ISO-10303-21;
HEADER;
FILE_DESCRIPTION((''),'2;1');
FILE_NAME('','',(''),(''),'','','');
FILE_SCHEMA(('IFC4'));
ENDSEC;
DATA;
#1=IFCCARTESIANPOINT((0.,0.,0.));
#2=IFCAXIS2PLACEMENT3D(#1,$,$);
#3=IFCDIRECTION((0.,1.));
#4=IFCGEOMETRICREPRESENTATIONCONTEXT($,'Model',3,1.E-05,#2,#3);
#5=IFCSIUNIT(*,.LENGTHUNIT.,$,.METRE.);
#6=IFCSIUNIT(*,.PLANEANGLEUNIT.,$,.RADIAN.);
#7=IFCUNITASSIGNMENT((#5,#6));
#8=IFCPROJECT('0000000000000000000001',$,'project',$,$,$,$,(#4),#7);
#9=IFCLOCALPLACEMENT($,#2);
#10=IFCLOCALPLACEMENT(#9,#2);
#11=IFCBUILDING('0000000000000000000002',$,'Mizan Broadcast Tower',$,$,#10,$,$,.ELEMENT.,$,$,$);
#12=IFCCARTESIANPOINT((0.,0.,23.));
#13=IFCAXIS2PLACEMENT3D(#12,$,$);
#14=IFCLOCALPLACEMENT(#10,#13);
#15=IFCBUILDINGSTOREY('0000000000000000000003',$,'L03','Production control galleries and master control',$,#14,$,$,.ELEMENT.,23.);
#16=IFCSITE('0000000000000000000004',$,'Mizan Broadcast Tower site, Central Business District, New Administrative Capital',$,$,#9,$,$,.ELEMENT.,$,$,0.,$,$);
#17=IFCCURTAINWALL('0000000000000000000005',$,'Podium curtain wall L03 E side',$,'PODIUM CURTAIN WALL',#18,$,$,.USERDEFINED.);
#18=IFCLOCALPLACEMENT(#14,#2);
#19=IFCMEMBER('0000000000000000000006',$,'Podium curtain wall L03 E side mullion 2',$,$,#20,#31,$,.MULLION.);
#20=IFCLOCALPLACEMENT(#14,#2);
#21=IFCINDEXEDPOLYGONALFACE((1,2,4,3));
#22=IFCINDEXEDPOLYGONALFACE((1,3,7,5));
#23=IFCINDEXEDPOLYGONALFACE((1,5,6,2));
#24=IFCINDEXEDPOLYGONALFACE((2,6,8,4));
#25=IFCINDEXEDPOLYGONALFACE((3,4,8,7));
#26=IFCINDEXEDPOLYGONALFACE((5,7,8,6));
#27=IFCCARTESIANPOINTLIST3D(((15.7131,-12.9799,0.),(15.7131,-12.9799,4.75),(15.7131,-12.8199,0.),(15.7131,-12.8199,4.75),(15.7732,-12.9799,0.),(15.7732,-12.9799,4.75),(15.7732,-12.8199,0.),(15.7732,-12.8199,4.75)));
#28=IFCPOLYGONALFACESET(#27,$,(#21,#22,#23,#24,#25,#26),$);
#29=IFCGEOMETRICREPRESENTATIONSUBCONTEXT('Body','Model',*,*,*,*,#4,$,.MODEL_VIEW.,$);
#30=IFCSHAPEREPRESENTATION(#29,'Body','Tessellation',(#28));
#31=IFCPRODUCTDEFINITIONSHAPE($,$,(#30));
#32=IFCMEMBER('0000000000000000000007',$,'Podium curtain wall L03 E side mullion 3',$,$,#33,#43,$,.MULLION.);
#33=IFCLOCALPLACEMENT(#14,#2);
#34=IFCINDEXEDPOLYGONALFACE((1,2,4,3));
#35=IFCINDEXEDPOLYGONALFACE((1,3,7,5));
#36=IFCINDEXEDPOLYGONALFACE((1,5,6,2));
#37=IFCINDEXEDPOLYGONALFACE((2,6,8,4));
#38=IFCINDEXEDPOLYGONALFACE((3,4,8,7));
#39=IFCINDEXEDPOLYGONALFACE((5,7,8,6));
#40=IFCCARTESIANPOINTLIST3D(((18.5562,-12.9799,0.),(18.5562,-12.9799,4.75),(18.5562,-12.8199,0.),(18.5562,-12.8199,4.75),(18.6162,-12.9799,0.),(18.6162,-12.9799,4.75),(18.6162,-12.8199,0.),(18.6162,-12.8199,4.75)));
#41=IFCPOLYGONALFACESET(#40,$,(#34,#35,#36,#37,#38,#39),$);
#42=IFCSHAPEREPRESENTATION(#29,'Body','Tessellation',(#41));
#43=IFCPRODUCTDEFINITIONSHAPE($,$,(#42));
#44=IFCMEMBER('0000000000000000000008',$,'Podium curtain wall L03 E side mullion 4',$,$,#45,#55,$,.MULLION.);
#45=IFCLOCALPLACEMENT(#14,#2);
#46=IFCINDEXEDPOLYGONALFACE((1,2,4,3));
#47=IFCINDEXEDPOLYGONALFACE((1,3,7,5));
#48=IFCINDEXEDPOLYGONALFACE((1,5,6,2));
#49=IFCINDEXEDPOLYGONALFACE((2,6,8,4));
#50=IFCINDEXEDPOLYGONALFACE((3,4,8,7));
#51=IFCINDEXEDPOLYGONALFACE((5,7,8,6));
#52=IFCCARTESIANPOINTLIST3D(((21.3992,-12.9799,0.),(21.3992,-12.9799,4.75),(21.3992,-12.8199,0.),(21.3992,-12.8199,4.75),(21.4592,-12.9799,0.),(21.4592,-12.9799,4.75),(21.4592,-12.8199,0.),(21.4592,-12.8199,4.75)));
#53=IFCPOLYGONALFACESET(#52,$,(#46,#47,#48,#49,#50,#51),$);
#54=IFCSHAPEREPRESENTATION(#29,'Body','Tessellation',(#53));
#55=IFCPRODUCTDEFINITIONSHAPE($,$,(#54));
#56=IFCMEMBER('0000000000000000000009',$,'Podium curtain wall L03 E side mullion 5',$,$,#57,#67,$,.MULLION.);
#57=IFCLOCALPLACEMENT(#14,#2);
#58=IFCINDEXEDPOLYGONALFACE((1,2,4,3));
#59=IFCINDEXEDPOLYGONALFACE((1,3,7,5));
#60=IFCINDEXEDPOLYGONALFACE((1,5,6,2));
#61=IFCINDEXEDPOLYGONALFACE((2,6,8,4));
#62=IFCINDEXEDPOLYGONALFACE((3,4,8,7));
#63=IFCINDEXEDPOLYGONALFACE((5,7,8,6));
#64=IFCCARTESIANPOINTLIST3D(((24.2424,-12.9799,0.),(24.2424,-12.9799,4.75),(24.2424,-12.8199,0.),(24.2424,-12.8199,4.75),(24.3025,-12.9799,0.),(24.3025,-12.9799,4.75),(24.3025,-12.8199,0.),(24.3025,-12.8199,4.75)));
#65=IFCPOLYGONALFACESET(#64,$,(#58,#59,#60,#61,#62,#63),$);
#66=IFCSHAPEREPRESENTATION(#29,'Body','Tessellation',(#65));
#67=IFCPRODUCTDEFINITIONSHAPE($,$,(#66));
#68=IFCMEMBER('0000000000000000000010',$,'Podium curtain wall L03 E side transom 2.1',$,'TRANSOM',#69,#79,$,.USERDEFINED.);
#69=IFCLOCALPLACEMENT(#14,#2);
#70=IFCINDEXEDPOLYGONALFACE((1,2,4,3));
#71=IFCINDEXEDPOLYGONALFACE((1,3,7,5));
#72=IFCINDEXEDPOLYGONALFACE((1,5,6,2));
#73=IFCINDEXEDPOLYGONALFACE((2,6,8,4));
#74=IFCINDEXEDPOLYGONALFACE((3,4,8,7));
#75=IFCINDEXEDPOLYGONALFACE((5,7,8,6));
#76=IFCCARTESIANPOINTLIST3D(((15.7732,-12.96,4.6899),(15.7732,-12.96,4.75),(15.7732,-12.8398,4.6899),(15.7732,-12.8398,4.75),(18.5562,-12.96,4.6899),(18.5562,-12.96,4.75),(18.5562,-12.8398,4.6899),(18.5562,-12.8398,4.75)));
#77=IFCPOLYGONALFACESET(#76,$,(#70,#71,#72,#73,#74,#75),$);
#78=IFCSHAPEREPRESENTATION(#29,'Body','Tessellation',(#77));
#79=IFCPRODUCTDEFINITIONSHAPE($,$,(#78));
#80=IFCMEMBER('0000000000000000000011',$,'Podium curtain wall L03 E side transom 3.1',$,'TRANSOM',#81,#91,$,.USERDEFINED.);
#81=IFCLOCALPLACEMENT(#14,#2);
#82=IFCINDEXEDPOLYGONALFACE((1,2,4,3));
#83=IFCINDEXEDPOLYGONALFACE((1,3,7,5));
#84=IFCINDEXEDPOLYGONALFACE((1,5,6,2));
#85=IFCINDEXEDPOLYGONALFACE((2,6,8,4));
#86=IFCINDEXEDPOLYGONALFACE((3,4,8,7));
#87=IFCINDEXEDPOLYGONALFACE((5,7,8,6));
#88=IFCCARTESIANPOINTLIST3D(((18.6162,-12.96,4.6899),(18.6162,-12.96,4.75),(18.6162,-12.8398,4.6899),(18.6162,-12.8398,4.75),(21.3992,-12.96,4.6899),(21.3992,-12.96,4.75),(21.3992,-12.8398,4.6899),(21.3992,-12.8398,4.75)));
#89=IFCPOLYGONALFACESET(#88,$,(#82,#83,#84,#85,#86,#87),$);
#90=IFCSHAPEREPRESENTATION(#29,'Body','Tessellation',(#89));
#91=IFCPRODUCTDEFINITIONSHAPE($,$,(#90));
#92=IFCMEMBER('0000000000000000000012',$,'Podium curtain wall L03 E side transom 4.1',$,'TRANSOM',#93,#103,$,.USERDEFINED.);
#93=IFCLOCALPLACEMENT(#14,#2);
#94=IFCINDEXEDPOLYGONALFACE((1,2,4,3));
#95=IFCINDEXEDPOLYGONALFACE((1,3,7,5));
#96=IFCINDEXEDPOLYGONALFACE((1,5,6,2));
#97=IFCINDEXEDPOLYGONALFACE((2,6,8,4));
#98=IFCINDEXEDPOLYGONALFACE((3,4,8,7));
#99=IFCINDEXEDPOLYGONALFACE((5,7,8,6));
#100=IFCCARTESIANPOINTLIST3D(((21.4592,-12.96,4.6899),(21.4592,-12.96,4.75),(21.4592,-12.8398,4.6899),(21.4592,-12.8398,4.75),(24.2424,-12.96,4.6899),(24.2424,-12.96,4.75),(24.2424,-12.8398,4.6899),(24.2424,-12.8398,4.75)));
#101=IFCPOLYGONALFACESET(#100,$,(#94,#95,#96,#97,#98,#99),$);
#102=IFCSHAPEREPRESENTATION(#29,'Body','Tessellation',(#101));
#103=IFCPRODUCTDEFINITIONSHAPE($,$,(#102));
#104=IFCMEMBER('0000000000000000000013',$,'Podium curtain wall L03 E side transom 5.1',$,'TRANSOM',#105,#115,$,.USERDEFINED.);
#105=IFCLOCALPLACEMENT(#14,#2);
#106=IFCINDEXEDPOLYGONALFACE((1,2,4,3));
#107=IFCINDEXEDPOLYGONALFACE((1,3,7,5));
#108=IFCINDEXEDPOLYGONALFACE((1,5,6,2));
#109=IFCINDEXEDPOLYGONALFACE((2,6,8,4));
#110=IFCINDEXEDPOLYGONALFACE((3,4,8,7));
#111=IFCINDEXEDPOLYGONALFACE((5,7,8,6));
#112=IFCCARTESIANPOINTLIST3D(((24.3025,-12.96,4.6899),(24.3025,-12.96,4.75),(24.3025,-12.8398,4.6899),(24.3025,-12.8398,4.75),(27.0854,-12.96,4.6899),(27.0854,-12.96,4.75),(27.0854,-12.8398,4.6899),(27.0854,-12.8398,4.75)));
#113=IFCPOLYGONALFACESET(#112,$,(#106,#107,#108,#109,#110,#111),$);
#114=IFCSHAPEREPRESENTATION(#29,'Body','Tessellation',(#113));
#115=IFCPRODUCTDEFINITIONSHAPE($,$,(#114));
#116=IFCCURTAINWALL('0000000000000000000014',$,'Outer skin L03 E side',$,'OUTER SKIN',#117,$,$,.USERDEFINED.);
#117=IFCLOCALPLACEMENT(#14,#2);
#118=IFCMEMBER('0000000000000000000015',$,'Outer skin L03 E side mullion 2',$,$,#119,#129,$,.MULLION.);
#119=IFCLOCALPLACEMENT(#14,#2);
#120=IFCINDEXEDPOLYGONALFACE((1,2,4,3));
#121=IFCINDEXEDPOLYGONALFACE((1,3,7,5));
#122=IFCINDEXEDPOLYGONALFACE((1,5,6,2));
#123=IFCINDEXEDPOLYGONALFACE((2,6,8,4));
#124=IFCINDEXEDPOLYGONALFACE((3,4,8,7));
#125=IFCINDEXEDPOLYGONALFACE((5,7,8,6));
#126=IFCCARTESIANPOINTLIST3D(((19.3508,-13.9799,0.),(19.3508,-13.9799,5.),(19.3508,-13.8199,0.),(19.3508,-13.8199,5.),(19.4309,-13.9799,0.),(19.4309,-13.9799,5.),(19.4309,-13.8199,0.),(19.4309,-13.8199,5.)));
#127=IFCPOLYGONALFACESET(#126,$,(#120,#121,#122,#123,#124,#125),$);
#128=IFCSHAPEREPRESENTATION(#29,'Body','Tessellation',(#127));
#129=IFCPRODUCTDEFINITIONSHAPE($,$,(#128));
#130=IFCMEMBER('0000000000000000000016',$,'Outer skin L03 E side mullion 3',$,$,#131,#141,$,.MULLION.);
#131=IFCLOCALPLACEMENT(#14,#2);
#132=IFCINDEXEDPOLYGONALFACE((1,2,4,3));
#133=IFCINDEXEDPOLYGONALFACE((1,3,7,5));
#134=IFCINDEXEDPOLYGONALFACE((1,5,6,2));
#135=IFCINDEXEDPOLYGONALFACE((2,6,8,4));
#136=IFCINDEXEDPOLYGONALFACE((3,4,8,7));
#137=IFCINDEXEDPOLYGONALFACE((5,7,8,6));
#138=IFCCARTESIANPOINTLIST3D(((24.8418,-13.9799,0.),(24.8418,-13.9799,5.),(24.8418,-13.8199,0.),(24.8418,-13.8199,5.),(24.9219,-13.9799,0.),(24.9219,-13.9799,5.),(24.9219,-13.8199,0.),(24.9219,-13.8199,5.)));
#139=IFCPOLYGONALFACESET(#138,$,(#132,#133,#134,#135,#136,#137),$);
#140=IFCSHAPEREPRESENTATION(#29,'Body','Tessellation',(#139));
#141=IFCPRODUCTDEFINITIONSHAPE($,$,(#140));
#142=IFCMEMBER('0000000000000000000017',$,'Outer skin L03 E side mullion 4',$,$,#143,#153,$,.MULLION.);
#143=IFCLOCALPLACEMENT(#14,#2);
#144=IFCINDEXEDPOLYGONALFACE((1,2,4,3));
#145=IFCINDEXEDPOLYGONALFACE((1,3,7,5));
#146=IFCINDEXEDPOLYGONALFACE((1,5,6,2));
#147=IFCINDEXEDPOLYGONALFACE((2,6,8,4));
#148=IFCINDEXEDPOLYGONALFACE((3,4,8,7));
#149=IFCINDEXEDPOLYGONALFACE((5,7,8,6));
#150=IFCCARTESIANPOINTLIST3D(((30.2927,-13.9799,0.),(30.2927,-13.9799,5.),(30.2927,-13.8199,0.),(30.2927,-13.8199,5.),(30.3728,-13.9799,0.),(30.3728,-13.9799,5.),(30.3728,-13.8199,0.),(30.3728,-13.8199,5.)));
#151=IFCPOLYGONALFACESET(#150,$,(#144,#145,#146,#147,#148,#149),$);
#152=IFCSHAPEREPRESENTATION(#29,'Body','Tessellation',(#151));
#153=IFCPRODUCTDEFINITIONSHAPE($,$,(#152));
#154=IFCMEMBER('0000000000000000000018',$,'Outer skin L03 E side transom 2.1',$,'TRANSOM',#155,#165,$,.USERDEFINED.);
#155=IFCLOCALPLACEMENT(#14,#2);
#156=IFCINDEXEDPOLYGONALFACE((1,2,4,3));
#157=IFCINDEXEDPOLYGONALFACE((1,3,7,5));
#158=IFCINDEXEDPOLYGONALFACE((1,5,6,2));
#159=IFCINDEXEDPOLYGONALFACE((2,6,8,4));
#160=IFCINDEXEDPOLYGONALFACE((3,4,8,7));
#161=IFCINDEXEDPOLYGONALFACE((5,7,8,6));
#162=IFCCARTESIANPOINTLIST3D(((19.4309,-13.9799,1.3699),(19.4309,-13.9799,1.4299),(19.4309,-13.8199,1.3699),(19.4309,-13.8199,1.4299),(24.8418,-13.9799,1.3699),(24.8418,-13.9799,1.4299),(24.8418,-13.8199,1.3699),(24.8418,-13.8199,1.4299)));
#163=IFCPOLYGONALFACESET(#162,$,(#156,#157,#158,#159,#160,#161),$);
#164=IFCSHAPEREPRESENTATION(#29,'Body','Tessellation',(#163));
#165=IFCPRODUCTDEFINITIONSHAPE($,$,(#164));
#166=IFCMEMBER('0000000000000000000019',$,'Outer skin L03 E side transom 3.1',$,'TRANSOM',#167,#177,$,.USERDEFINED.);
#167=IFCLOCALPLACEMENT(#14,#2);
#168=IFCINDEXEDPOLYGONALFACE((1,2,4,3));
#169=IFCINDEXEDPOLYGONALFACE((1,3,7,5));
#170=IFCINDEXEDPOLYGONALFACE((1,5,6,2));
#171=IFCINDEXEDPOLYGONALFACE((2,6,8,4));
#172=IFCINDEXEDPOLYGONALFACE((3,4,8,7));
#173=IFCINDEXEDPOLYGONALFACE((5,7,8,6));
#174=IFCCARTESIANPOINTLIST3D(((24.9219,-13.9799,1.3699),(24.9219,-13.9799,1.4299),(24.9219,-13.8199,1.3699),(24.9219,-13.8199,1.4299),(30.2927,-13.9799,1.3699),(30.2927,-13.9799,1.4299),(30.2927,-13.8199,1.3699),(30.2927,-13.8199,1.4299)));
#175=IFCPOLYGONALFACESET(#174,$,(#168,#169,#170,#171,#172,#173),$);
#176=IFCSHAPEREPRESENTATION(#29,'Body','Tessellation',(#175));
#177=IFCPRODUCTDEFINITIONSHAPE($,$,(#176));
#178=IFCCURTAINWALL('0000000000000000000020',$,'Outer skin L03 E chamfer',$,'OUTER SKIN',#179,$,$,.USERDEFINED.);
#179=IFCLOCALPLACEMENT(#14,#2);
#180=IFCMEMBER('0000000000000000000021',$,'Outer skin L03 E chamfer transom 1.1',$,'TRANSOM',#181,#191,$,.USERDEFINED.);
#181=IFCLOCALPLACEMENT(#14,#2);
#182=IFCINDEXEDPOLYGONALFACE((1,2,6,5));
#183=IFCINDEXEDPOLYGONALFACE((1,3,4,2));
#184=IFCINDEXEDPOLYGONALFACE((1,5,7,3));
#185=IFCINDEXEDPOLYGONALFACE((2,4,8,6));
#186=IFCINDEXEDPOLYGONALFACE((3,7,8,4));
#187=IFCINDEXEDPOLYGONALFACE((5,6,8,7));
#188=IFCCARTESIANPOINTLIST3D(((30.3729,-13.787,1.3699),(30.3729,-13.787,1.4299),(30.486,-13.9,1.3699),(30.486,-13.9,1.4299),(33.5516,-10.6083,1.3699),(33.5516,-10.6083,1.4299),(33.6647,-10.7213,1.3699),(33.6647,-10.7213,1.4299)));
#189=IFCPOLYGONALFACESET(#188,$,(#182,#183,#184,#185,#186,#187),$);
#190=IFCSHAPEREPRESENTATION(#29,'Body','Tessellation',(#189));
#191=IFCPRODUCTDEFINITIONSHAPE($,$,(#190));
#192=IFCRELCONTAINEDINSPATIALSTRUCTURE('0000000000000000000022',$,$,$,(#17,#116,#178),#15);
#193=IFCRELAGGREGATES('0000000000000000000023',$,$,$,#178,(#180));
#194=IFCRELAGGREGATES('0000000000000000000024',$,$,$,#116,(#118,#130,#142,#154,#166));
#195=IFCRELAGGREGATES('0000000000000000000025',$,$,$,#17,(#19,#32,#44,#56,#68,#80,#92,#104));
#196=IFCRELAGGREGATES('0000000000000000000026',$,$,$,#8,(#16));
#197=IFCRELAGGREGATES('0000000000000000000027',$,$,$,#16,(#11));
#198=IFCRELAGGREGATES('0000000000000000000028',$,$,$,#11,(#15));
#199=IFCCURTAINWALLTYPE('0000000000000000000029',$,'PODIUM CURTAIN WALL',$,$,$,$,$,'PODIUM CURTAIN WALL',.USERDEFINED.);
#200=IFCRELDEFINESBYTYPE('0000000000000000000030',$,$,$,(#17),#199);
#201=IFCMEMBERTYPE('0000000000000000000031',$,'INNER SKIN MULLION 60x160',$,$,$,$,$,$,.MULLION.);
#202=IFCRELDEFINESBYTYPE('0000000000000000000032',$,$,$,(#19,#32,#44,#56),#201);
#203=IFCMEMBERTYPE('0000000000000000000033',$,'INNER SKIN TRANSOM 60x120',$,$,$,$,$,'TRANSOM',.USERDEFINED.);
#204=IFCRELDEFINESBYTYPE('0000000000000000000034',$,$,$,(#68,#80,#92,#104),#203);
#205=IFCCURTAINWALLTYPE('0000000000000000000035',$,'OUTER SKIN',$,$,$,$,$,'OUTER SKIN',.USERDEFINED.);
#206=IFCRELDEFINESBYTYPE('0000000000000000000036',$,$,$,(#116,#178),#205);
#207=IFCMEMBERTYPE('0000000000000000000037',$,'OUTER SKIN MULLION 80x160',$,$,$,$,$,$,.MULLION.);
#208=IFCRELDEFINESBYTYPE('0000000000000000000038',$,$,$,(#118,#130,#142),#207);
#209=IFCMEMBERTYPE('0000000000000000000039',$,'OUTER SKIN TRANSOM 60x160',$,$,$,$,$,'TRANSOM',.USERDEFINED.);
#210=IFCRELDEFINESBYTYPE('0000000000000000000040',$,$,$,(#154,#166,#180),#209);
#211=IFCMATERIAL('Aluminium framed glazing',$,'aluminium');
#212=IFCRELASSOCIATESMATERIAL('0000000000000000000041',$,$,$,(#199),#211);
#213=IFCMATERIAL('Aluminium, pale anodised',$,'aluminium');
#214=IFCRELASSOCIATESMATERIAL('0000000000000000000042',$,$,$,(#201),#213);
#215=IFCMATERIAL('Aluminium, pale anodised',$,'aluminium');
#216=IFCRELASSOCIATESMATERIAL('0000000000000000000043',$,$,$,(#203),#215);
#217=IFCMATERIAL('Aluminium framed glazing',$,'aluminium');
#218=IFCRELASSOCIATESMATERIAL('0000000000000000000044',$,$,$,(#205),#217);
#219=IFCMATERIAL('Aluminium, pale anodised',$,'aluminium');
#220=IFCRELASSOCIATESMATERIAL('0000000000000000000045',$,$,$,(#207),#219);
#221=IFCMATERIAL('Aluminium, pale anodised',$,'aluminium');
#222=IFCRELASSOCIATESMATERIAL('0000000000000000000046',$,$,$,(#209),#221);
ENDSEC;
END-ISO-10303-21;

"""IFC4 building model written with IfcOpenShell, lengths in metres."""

from ifc_helpers import new_model, si_unit, direction, frame, origin, origin_2d, place, context, subcontext, project, spatial, rectangle, extrude, material, material_profile, profile_set, type_object, element, aggregate, save


model = new_model("IFC4")

# Units and contexts
model_context = context("Model", 3, precision=1e-05, world=origin(), true_north=direction((0.0, 1.0)))
body_context = subcontext(model_context, "Body", "Model", "MODEL_VIEW")
ifc_project = project(units=[si_unit("LENGTHUNIT", "METRE"), si_unit("PLANEANGLEUNIT", "RADIAN")], contexts=[model_context])

# Site, building, storey
site_placement = place(None, origin())
site = spatial("IfcSite", under=ifc_project, at=site_placement, Name="Mizan Broadcast Tower site, Central Business District, New Administrative Capital", CompositionType="ELEMENT", RefElevation=0.0)
building_placement = place(site_placement, origin())
building = spatial("IfcBuilding", under=site, at=building_placement, Name="Mizan Broadcast Tower", CompositionType="ELEMENT")
storey_placement = place(building_placement, frame((0.0, 0.0, 23.0)))
storey = spatial("IfcBuildingStorey", under=building, at=storey_placement, Name="L03", Description="Production control galleries and master control", CompositionType="ELEMENT", Elevation=23.0)

# Curtain walls, members
ifc_material_1 = material(Name="Aluminium framed glazing", Category="aluminium")
curtain_wall_type_1 = type_object("IfcCurtainWallType", Name="PODIUM CURTAIN WALL", ElementType="PODIUM CURTAIN WALL", PredefinedType="USERDEFINED", material=ifc_material_1)
curtain_wall_1_placement = place(storey_placement, origin())
curtain_wall_1 = element("IfcCurtainWall", 1, at=curtain_wall_1_placement, inside=storey, type_object=curtain_wall_type_1, Name="Podium curtain wall L03 E side", ObjectType="PODIUM CURTAIN WALL", PredefinedType="USERDEFINED")
ifc_material_2 = material(Name="Aluminium, pale anodised", Category="aluminium")
ifc_material_profile_1 = material_profile(ifc_material_2, rectangle(XDim=0.1599, YDim=0.0601, at=origin_2d()), Name="MULLION 160x60")
ifc_profile_set_1 = profile_set([ifc_material_profile_1], Name="Aluminium, pale anodised")
member_type_1 = type_object("IfcMemberType", Name="INNER SKIN MULLION 60x160", PredefinedType="MULLION", material=ifc_profile_set_1)
member_1_placement = place(storey_placement, frame((15.7432, -12.8999, 0.0), z_axis=(0.0, 0.0, 1.0), x_axis=(0.0, 1.0, 0.0)))
member_1 = element("IfcMember", 2, at=member_1_placement, type_object=member_type_1, Name="Podium curtain wall L03 E side mullion 2", PredefinedType="MULLION", context=body_context, shape_type="SweptSolid", body=[
    extrude(rectangle(XDim=0.1599, YDim=0.0601, at=origin_2d()), origin(), (0.0, 0.0, 1.0), 4.75),
])
member_2_placement = place(storey_placement, frame((18.5862, -12.8999, 0.0), z_axis=(0.0, 0.0, 1.0), x_axis=(0.0, 1.0, 0.0)))
member_2 = element("IfcMember", 3, at=member_2_placement, type_object=member_type_1, Name="Podium curtain wall L03 E side mullion 3", PredefinedType="MULLION", context=body_context, shape_type="SweptSolid", body=[
    extrude(rectangle(XDim=0.1599, YDim=0.0601, at=origin_2d()), origin(), (0.0, 0.0, 1.0), 4.75),
])
member_3_placement = place(storey_placement, frame((21.4292, -12.8999, 0.0), z_axis=(0.0, 0.0, 1.0), x_axis=(0.0, 1.0, 0.0)))
member_3 = element("IfcMember", 4, at=member_3_placement, type_object=member_type_1, Name="Podium curtain wall L03 E side mullion 4", PredefinedType="MULLION", context=body_context, shape_type="SweptSolid", body=[
    extrude(rectangle(XDim=0.1599, YDim=0.0601, at=origin_2d()), origin(), (0.0, 0.0, 1.0), 4.75),
])
member_4_placement = place(storey_placement, frame((24.2725, -12.8999, 0.0), z_axis=(0.0, 0.0, 1.0), x_axis=(0.0, 1.0, 0.0)))
member_4 = element("IfcMember", 5, at=member_4_placement, type_object=member_type_1, Name="Podium curtain wall L03 E side mullion 5", PredefinedType="MULLION", context=body_context, shape_type="SweptSolid", body=[
    extrude(rectangle(XDim=0.1599, YDim=0.0601, at=origin_2d()), origin(), (0.0, 0.0, 1.0), 4.75),
])
ifc_material_3 = material(Name="Aluminium, pale anodised", Category="aluminium")
ifc_material_profile_2 = material_profile(ifc_material_3, rectangle(XDim=0.1201, YDim=0.0601, at=origin_2d()), Name="TRANSOM 120x60")
ifc_profile_set_2 = profile_set([ifc_material_profile_2], Name="Aluminium, pale anodised")
member_type_2 = type_object("IfcMemberType", Name="INNER SKIN TRANSOM 60x120", ElementType="TRANSOM", PredefinedType="USERDEFINED", material=ifc_profile_set_2)
member_5_placement = place(storey_placement, frame((15.7732, -12.8999, 4.72), z_axis=(1.0, 0.0, 0.0), x_axis=(0.0, 1.0, 0.0)))
member_5 = element("IfcMember", 6, at=member_5_placement, type_object=member_type_2, Name="Podium curtain wall L03 E side transom 2.1", ObjectType="TRANSOM", PredefinedType="USERDEFINED", context=body_context, shape_type="SweptSolid", body=[
    extrude(rectangle(XDim=0.1201, YDim=0.0601, at=origin_2d()), origin(), (0.0, 0.0, 1.0), 2.783),
])
member_6_placement = place(storey_placement, frame((18.6162, -12.8999, 4.72), z_axis=(1.0, 0.0, 0.0), x_axis=(0.0, 1.0, 0.0)))
member_6 = element("IfcMember", 7, at=member_6_placement, type_object=member_type_2, Name="Podium curtain wall L03 E side transom 3.1", ObjectType="TRANSOM", PredefinedType="USERDEFINED", context=body_context, shape_type="SweptSolid", body=[
    extrude(rectangle(XDim=0.1201, YDim=0.0601, at=origin_2d()), origin(), (0.0, 0.0, 1.0), 2.783),
])
member_7_placement = place(storey_placement, frame((21.4592, -12.8999, 4.72), z_axis=(1.0, 0.0, 0.0), x_axis=(0.0, 1.0, 0.0)))
member_7 = element("IfcMember", 8, at=member_7_placement, type_object=member_type_2, Name="Podium curtain wall L03 E side transom 4.1", ObjectType="TRANSOM", PredefinedType="USERDEFINED", context=body_context, shape_type="SweptSolid", body=[
    extrude(rectangle(XDim=0.1201, YDim=0.0601, at=origin_2d()), origin(), (0.0, 0.0, 1.0), 2.7832),
])
member_8_placement = place(storey_placement, frame((24.3025, -12.8999, 4.72), z_axis=(1.0, 0.0, 0.0), x_axis=(0.0, 1.0, 0.0)))
member_8 = element("IfcMember", 9, at=member_8_placement, type_object=member_type_2, Name="Podium curtain wall L03 E side transom 5.1", ObjectType="TRANSOM", PredefinedType="USERDEFINED", context=body_context, shape_type="SweptSolid", body=[
    extrude(rectangle(XDim=0.1201, YDim=0.0601, at=origin_2d()), origin(), (0.0, 0.0, 1.0), 2.783),
])
ifc_material_4 = material(Name="Aluminium framed glazing", Category="aluminium")
curtain_wall_type_2 = type_object("IfcCurtainWallType", Name="OUTER SKIN", ElementType="OUTER SKIN", PredefinedType="USERDEFINED", material=ifc_material_4)
curtain_wall_2_placement = place(storey_placement, origin())
curtain_wall_2 = element("IfcCurtainWall", 10, at=curtain_wall_2_placement, inside=storey, type_object=curtain_wall_type_2, Name="Outer skin L03 E side", ObjectType="OUTER SKIN", PredefinedType="USERDEFINED")
ifc_material_5 = material(Name="Aluminium, pale anodised", Category="aluminium")
ifc_material_profile_3 = material_profile(ifc_material_5, rectangle(XDim=0.1599, YDim=0.0801, at=origin_2d()), Name="MULLION 160x80")
ifc_profile_set_3 = profile_set([ifc_material_profile_3], Name="Aluminium, pale anodised")
member_type_3 = type_object("IfcMemberType", Name="OUTER SKIN MULLION 80x160", PredefinedType="MULLION", material=ifc_profile_set_3)
member_9_placement = place(storey_placement, frame((19.3909, -13.8999, 0.0), z_axis=(0.0, 0.0, 1.0), x_axis=(0.0, 1.0, 0.0)))
member_9 = element("IfcMember", 11, at=member_9_placement, type_object=member_type_3, Name="Outer skin L03 E side mullion 2", PredefinedType="MULLION", context=body_context, shape_type="SweptSolid", body=[
    extrude(rectangle(XDim=0.1599, YDim=0.0801, at=origin_2d()), origin(), (0.0, 0.0, 1.0), 5.0),
])
member_10_placement = place(storey_placement, frame((24.8818, -13.8999, 0.0), z_axis=(0.0, 0.0, 1.0), x_axis=(0.0, 1.0, 0.0)))
member_10 = element("IfcMember", 12, at=member_10_placement, type_object=member_type_3, Name="Outer skin L03 E side mullion 3", PredefinedType="MULLION", context=body_context, shape_type="SweptSolid", body=[
    extrude(rectangle(XDim=0.1599, YDim=0.0801, at=origin_2d()), origin(), (0.0, 0.0, 1.0), 5.0),
])
member_11_placement = place(storey_placement, frame((30.3328, -13.8999, 0.0), z_axis=(0.0, 0.0, 1.0), x_axis=(0.0, 1.0, 0.0)))
member_11 = element("IfcMember", 13, at=member_11_placement, type_object=member_type_3, Name="Outer skin L03 E side mullion 4", PredefinedType="MULLION", context=body_context, shape_type="SweptSolid", body=[
    extrude(rectangle(XDim=0.1599, YDim=0.0801, at=origin_2d()), origin(), (0.0, 0.0, 1.0), 5.0),
])
ifc_material_6 = material(Name="Aluminium, pale anodised", Category="aluminium")
ifc_material_profile_4 = material_profile(ifc_material_6, rectangle(XDim=0.1599, YDim=0.0601, at=origin_2d()), Name="TRANSOM 160x60")
ifc_profile_set_4 = profile_set([ifc_material_profile_4], Name="Aluminium, pale anodised")
member_type_4 = type_object("IfcMemberType", Name="OUTER SKIN TRANSOM 60x160", ElementType="TRANSOM", PredefinedType="USERDEFINED", material=ifc_profile_set_4)
member_12_placement = place(storey_placement, frame((19.4309, -13.8999, 1.3999), z_axis=(1.0, 0.0, 0.0), x_axis=(0.0, 1.0, 0.0)))
member_12 = element("IfcMember", 14, at=member_12_placement, type_object=member_type_4, Name="Outer skin L03 E side transom 2.1", ObjectType="TRANSOM", PredefinedType="USERDEFINED", context=body_context, shape_type="SweptSolid", body=[
    extrude(rectangle(XDim=0.1599, YDim=0.0601, at=origin_2d()), origin(), (0.0, 0.0, 1.0), 5.4109),
])
member_13_placement = place(storey_placement, frame((24.9219, -13.8999, 1.3999), z_axis=(1.0, 0.0, 0.0), x_axis=(0.0, 1.0, 0.0)))
member_13 = element("IfcMember", 15, at=member_13_placement, type_object=member_type_4, Name="Outer skin L03 E side transom 3.1", ObjectType="TRANSOM", PredefinedType="USERDEFINED", context=body_context, shape_type="SweptSolid", body=[
    extrude(rectangle(XDim=0.1599, YDim=0.0601, at=origin_2d()), origin(), (0.0, 0.0, 1.0), 5.3708),
])

# Curtain wall, member
curtain_wall_3_placement = place(storey_placement, origin())
curtain_wall_3 = element("IfcCurtainWall", 16, at=curtain_wall_3_placement, inside=storey, type_object=curtain_wall_type_2, Name="Outer skin L03 E chamfer", ObjectType="OUTER SKIN", PredefinedType="USERDEFINED")
member_14_placement = place(storey_placement, frame((30.4294, -13.8435, 1.3999), z_axis=(0.707107, 0.707107, 0.0), x_axis=(-0.707107, 0.707107, 0.0)))
member_14 = element("IfcMember", 17, at=member_14_placement, type_object=member_type_4, Name="Outer skin L03 E chamfer transom 1.1", ObjectType="TRANSOM", PredefinedType="USERDEFINED", context=body_context, shape_type="SweptSolid", body=[
    extrude(rectangle(XDim=0.1599, YDim=0.0601, at=origin_2d()), origin(), (0.0, 0.0, 1.0), 4.4954),
])
aggregate(curtain_wall_3, [member_14])

aggregate(curtain_wall_2, [member_9, member_10, member_11, member_12, member_13])
aggregate(curtain_wall_1, [member_1, member_2, member_3, member_4, member_5, member_6, member_7, member_8])

save(model, "model.ifc")
